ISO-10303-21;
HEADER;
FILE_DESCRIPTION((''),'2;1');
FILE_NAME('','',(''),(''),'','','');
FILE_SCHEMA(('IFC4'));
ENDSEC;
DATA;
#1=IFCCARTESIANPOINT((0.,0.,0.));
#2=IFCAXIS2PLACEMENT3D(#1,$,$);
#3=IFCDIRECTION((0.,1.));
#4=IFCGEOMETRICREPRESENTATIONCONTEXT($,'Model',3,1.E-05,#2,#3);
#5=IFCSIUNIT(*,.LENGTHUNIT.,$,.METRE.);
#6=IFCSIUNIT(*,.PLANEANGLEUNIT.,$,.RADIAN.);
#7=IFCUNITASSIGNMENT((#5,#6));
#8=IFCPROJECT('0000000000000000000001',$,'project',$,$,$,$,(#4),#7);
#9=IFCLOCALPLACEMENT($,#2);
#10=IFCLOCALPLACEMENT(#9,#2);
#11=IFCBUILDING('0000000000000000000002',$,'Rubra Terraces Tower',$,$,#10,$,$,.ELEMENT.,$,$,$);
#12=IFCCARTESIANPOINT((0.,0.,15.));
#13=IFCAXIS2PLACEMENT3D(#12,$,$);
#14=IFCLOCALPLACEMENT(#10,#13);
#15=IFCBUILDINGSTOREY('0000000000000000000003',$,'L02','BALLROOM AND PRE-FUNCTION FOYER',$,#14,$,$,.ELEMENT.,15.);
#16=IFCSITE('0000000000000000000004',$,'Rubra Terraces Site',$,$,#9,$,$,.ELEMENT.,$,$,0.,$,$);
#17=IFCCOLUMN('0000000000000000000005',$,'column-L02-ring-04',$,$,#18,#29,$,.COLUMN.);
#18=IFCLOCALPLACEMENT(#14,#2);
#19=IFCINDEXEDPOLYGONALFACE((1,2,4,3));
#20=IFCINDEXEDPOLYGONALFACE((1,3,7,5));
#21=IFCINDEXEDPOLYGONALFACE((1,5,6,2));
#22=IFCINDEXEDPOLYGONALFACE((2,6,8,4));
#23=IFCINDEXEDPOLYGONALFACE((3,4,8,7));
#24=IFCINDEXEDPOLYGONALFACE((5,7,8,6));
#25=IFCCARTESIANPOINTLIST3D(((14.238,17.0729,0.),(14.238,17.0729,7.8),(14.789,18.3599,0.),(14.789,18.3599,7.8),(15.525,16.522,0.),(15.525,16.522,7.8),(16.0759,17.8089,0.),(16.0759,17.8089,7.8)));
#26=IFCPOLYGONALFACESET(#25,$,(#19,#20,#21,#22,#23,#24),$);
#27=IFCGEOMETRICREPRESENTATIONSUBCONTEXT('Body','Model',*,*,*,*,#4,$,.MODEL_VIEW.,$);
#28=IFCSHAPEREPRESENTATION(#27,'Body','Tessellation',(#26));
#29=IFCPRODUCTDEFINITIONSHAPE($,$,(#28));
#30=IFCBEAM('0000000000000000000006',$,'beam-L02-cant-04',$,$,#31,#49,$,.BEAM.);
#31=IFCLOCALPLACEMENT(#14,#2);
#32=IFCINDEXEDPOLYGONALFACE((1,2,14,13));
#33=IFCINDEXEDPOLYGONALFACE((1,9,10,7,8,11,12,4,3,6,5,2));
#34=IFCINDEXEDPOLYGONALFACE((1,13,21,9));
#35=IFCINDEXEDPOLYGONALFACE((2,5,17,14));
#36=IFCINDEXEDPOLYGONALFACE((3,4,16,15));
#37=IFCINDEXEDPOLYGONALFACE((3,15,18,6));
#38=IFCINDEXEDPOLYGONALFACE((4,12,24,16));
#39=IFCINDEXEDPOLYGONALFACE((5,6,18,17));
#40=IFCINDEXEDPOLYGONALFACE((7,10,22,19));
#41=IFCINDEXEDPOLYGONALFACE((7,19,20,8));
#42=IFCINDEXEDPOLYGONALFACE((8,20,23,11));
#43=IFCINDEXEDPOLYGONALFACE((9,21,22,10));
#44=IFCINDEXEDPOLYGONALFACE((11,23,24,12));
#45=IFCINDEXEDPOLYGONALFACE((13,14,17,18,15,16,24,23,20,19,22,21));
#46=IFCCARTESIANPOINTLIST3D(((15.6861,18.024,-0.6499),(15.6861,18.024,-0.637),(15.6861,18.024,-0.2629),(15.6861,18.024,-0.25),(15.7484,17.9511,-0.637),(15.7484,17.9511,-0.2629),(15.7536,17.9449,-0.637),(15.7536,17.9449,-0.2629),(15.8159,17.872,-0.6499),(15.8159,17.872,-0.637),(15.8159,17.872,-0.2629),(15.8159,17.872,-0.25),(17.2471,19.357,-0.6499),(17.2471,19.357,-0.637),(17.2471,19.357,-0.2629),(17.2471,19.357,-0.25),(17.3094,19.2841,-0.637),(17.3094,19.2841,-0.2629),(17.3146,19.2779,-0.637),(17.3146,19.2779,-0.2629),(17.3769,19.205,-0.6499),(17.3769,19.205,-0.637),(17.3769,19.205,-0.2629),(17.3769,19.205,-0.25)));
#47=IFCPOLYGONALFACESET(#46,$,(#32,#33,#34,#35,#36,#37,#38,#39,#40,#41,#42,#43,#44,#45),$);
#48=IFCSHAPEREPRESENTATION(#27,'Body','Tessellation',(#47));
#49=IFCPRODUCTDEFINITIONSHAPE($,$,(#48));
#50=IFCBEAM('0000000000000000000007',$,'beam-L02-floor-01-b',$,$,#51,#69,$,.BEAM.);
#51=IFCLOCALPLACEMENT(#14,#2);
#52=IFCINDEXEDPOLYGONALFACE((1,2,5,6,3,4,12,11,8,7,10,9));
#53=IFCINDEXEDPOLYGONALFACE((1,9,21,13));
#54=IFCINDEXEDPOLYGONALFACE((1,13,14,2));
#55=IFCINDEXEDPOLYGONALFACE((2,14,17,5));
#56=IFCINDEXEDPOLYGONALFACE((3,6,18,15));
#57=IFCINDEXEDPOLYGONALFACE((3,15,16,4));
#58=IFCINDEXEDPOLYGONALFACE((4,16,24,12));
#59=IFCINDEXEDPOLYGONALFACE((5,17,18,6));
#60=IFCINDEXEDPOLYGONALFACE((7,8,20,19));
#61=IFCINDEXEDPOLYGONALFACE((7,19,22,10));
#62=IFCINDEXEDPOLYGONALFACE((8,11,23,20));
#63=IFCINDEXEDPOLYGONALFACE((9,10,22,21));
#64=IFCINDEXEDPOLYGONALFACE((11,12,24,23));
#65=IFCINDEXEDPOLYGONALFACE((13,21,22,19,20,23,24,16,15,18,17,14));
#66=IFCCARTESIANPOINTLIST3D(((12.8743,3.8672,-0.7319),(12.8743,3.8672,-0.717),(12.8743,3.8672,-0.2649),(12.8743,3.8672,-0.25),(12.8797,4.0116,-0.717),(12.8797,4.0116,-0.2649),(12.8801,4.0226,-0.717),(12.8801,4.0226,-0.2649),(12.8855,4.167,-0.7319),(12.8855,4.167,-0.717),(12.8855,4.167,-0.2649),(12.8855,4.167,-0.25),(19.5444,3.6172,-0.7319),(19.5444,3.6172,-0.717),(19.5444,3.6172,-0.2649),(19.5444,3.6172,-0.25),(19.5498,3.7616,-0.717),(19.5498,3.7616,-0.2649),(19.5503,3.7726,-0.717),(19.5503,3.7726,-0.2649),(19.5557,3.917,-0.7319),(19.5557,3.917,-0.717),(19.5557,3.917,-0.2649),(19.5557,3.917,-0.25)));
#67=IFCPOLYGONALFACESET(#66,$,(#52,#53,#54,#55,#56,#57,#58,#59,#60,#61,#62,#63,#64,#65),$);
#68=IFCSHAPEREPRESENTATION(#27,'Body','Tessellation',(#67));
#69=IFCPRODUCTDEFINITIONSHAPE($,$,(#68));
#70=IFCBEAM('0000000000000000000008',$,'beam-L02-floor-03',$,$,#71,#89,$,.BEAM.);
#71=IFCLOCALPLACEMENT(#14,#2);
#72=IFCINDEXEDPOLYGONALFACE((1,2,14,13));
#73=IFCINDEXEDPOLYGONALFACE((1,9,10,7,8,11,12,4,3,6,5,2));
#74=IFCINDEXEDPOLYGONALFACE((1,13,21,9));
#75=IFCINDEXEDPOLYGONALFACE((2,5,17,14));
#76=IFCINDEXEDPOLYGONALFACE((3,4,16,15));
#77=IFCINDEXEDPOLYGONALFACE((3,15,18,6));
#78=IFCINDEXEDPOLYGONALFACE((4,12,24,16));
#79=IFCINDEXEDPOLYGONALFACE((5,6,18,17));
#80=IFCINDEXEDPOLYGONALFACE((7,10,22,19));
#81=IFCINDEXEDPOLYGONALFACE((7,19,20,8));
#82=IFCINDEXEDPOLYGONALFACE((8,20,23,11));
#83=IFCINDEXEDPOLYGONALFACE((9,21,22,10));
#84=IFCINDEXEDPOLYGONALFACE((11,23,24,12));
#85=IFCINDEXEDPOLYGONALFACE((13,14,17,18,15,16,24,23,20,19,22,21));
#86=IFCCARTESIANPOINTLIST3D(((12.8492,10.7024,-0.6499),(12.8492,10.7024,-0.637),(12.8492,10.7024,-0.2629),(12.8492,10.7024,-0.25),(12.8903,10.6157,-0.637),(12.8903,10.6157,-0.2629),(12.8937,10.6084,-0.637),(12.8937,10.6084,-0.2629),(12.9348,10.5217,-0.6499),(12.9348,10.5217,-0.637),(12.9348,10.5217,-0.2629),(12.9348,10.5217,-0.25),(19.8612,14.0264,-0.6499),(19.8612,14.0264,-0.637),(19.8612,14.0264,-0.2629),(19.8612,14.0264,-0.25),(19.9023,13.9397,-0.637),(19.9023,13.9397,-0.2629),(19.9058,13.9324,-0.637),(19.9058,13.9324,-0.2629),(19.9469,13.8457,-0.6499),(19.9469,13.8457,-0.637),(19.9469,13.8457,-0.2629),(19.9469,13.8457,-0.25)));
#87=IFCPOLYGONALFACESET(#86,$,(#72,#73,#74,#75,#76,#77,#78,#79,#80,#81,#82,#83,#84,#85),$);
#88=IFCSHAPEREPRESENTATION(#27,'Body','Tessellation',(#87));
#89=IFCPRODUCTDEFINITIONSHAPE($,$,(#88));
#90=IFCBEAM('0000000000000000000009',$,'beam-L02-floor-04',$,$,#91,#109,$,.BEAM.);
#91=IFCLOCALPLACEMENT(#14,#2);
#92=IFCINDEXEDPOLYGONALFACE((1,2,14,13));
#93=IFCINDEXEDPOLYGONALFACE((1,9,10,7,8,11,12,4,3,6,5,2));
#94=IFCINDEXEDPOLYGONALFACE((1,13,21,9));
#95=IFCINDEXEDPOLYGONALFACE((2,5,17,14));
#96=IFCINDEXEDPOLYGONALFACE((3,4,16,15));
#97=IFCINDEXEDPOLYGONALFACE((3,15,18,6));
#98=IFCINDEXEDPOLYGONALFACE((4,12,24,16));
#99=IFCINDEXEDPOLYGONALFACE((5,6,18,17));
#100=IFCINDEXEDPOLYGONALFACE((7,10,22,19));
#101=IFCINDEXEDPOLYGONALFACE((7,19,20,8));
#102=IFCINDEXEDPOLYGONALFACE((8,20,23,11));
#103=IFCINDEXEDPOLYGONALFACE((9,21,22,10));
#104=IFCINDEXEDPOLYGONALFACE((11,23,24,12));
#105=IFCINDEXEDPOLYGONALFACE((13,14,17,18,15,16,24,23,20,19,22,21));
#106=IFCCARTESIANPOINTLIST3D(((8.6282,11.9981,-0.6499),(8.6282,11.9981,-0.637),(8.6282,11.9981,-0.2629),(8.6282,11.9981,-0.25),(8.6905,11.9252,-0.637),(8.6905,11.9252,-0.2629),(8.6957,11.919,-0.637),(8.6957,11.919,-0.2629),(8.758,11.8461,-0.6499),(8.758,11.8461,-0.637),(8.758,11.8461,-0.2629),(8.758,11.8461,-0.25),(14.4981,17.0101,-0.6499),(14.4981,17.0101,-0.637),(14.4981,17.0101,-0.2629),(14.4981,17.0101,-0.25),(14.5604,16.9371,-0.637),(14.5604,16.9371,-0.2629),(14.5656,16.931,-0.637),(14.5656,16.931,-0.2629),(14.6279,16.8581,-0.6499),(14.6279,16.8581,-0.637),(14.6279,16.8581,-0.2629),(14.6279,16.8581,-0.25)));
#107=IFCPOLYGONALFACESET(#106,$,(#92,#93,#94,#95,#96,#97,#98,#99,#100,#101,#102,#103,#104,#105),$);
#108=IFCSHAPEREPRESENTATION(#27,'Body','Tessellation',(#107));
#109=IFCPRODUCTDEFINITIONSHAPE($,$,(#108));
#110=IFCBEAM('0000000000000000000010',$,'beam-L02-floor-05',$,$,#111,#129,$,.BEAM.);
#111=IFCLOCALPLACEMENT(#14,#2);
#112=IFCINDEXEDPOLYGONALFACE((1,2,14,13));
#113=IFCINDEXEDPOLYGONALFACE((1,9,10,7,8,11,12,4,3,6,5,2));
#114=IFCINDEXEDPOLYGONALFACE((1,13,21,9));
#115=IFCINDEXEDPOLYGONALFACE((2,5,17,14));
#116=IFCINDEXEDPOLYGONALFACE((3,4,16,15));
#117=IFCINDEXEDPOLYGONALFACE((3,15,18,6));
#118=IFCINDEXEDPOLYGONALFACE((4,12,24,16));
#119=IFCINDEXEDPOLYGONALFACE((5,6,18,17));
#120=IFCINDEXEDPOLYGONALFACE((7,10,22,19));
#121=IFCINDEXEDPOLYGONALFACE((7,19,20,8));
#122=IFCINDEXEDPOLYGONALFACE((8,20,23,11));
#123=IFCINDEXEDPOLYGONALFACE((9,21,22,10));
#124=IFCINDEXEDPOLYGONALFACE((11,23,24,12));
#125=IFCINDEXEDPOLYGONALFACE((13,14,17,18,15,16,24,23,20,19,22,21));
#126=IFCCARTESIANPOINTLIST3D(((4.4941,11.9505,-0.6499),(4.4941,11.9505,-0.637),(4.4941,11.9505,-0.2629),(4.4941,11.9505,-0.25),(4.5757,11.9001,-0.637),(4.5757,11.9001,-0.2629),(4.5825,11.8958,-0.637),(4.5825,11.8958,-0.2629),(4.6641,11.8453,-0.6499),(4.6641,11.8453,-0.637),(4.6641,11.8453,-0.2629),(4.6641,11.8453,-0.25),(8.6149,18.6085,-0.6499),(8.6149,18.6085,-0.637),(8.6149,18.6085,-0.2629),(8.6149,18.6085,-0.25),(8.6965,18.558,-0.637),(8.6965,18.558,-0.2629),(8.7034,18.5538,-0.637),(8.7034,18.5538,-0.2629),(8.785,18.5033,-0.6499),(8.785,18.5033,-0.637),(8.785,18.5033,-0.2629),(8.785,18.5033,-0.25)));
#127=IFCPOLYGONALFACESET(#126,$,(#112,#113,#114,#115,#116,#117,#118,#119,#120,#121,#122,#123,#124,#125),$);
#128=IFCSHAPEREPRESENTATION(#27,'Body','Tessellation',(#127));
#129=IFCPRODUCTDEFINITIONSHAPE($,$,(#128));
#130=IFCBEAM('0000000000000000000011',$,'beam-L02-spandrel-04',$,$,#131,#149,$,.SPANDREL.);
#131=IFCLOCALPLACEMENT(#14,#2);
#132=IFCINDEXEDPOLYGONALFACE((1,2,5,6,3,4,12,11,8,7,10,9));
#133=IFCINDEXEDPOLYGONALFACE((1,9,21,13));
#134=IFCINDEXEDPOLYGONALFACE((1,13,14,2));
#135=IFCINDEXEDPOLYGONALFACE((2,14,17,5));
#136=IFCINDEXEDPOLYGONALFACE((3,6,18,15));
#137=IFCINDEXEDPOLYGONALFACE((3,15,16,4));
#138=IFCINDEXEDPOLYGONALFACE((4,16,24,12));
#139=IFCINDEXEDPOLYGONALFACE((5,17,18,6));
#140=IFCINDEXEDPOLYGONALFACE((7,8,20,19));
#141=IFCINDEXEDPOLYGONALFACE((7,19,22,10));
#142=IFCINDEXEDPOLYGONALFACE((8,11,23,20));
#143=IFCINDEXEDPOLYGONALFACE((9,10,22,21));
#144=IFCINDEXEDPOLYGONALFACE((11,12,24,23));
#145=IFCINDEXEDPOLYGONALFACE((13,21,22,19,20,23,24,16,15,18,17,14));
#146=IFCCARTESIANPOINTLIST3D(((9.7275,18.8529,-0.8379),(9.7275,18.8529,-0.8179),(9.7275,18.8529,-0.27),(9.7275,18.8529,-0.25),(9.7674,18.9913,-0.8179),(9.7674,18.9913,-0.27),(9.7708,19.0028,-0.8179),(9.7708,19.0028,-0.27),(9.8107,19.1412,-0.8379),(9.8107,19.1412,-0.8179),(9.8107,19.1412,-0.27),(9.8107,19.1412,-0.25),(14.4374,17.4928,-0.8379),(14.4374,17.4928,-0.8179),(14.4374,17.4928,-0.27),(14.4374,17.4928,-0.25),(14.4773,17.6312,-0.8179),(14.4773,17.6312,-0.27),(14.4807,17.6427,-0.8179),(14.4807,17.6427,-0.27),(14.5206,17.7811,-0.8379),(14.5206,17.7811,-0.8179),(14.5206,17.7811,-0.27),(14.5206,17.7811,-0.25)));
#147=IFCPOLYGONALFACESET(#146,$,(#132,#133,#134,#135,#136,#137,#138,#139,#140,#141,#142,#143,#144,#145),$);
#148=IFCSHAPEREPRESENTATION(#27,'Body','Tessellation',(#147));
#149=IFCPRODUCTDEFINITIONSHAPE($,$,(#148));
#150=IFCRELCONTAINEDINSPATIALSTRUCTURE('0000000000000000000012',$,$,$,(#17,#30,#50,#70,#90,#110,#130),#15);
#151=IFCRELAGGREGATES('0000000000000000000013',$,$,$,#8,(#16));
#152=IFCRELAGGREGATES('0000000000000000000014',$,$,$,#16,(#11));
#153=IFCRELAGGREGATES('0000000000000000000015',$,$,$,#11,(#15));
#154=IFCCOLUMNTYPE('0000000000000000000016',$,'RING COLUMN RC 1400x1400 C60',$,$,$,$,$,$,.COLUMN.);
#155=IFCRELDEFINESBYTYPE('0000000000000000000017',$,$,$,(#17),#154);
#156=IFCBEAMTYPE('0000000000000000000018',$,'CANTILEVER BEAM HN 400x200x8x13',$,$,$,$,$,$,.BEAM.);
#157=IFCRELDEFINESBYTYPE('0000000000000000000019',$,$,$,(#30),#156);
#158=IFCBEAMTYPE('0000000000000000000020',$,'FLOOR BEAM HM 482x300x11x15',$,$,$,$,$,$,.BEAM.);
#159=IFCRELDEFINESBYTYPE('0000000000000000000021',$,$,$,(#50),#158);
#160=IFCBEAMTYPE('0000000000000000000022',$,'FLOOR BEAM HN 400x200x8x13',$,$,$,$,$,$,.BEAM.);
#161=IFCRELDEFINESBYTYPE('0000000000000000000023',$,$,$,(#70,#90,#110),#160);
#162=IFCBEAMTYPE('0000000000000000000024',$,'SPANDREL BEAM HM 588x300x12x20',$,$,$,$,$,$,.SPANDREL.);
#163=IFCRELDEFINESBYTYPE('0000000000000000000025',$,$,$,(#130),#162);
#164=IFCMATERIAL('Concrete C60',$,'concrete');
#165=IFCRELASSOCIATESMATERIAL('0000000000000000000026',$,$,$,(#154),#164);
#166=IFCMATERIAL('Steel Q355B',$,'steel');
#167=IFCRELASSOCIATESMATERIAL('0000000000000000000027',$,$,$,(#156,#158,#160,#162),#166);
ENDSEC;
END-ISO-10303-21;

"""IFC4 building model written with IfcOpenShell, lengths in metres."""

from ifc_helpers import new_model, si_unit, direction, frame, origin, origin_2d, place, context, subcontext, project, spatial, rectangle, i_section, extrude, material, material_profile, profile_set, type_object, element, save


model = new_model("IFC4")

# Units and contexts
model_context = context("Model", 3, precision=1e-05, world=origin(), true_north=direction((0.0, 1.0)))
body_context = subcontext(model_context, "Body", "Model", "MODEL_VIEW")
ifc_project = project(units=[si_unit("LENGTHUNIT", "METRE"), si_unit("PLANEANGLEUNIT", "RADIAN")], contexts=[model_context])

# Site, building, storey
site_placement = place(None, origin())
site = spatial("IfcSite", under=ifc_project, at=site_placement, Name="Rubra Terraces Site", CompositionType="ELEMENT", RefElevation=0.0)
building_placement = place(site_placement, origin())
building = spatial("IfcBuilding", under=site, at=building_placement, Name="Rubra Terraces Tower", CompositionType="ELEMENT")
storey_placement = place(building_placement, frame((0.0, 0.0, 15.0)))
storey = spatial("IfcBuildingStorey", under=building, at=storey_placement, Name="L02", Description="BALLROOM AND PRE-FUNCTION FOYER", CompositionType="ELEMENT", Elevation=15.0)

# Column
ifc_material_1 = material(Name="Concrete C60", Category="concrete")
ifc_material_profile_1 = material_profile(ifc_material_1, rectangle(XDim=1.3999, YDim=1.3999, at=origin_2d()), Name="RC 1400x1400")
ifc_profile_set_1 = profile_set([ifc_material_profile_1], Name="Concrete C60")
column_type = type_object("IfcColumnType", Name="RING COLUMN RC 1400x1400 C60", PredefinedType="COLUMN", material=ifc_profile_set_1)
column_placement = place(storey_placement, frame((15.157, 17.4409, 0.0), z_axis=(0.0, 0.0, 1.0), x_axis=(-0.919294, 0.393572, 0.0)))
element("IfcColumn", 1, at=column_placement, inside=storey, type_object=column_type, Name="column-L02-ring-04", PredefinedType="COLUMN", context=body_context, shape_type="SweptSolid", body=[
    extrude(rectangle(XDim=1.3999, YDim=1.3999, at=origin_2d()), origin(), (0.0, 0.0, 1.0), 7.8),
])

# Beams
ifc_material_2 = material(Name="Steel Q355B", Category="steel")
ifc_material_profile_2 = material_profile(ifc_material_2, i_section(OverallWidth=0.2, OverallDepth=0.3999, WebThickness=0.0081, FlangeThickness=0.0129, at=origin_2d()), Name="HN 400x200x8x13")
ifc_profile_set_2 = profile_set([ifc_material_profile_2], Name="Steel Q355B")
beam_type_1 = type_object("IfcBeamType", Name="CANTILEVER BEAM HN 400x200x8x13", PredefinedType="BEAM", material=ifc_profile_set_2)
beam_1_placement = place(storey_placement, frame((15.751, 17.948, -0.45), z_axis=(0.760464, 0.64938, 0.0), x_axis=(-0.64938, 0.760464, 0.0)))
element("IfcBeam", 2, at=beam_1_placement, inside=storey, type_object=beam_type_1, Name="beam-L02-cant-04", PredefinedType="BEAM", context=body_context, shape_type="SweptSolid", body=[
    extrude(i_section(OverallWidth=0.2, OverallDepth=0.3999, WebThickness=0.0081, FlangeThickness=0.0129, at=origin_2d()), origin(), (0.0, 0.0, 1.0), 2.0527),
])
ifc_material_profile_3 = material_profile(ifc_material_2, i_section(OverallWidth=0.3, OverallDepth=0.4819, WebThickness=0.011, FlangeThickness=0.0149, at=origin_2d()), Name="HM 482x300x11x15")
ifc_profile_set_3 = profile_set([ifc_material_profile_3], Name="Steel Q355B")
beam_type_2 = type_object("IfcBeamType", Name="FLOOR BEAM HM 482x300x11x15", PredefinedType="BEAM", material=ifc_profile_set_3)
beam_2_placement = place(storey_placement, frame((19.55, 3.7671, -0.491), z_axis=(-0.999298, 0.037454, 0.0), x_axis=(-0.037454, -0.999298, 0.0)))
element("IfcBeam", 3, at=beam_2_placement, inside=storey, type_object=beam_type_2, Name="beam-L02-floor-01-b", PredefinedType="BEAM", context=body_context, shape_type="SweptSolid", body=[
    extrude(i_section(OverallWidth=0.3, OverallDepth=0.4819, WebThickness=0.011, FlangeThickness=0.0149, at=origin_2d()), origin(), (0.0, 0.0, 1.0), 6.6748),
])
ifc_material_profile_4 = material_profile(ifc_material_2, i_section(OverallWidth=0.2, OverallDepth=0.3999, WebThickness=0.0081, FlangeThickness=0.0129, at=origin_2d()), Name="HN 400x200x8x13")
ifc_profile_set_4 = profile_set([ifc_material_profile_4], Name="Steel Q355B")
beam_type_3 = type_object("IfcBeamType", Name="FLOOR BEAM HN 400x200x8x13", PredefinedType="BEAM", material=ifc_profile_set_4)
beam_3_placement = place(storey_placement, frame((19.9041, 13.936, -0.45), z_axis=(-0.903612, -0.428351, 0.0), x_axis=(0.428351, -0.903612, 0.0)))
element("IfcBeam", 4, at=beam_3_placement, inside=storey, type_object=beam_type_3, Name="beam-L02-floor-03", PredefinedType="BEAM", context=body_context, shape_type="SweptSolid", body=[
    extrude(i_section(OverallWidth=0.2, OverallDepth=0.3999, WebThickness=0.0081, FlangeThickness=0.0129, at=origin_2d()), origin(), (0.0, 0.0, 1.0), 7.76),
])
beam_4_placement = place(storey_placement, frame((14.563, 16.9341, -0.45), z_axis=(-0.760494, -0.649344, 0.0), x_axis=(0.649344, -0.760494, 0.0)))
element("IfcBeam", 5, at=beam_4_placement, inside=storey, type_object=beam_type_3, Name="beam-L02-floor-04", PredefinedType="BEAM", context=body_context, shape_type="SweptSolid", body=[
    extrude(i_section(OverallWidth=0.2, OverallDepth=0.3999, WebThickness=0.0081, FlangeThickness=0.0129, at=origin_2d()), origin(), (0.0, 0.0, 1.0), 7.7185),
])
beam_5_placement = place(storey_placement, frame((8.7, 18.5559, -0.45), z_axis=(-0.526286, -0.850308, 0.0), x_axis=(0.850308, -0.526286, 0.0)))
element("IfcBeam", 6, at=beam_5_placement, inside=storey, type_object=beam_type_3, Name="beam-L02-floor-05", PredefinedType="BEAM", context=body_context, shape_type="SweptSolid", body=[
    extrude(i_section(OverallWidth=0.2, OverallDepth=0.3999, WebThickness=0.0081, FlangeThickness=0.0129, at=origin_2d()), origin(), (0.0, 0.0, 1.0), 7.8301),
])
ifc_material_profile_5 = material_profile(ifc_material_2, i_section(OverallWidth=0.3, OverallDepth=0.5879, WebThickness=0.012, FlangeThickness=0.02, at=origin_2d()), Name="HM 588x300x12x20")
ifc_profile_set_5 = profile_set([ifc_material_profile_5], Name="Steel Q355B")
beam_type_4 = type_object("IfcBeamType", Name="SPANDREL BEAM HM 588x300x12x20", PredefinedType="SPANDREL", material=ifc_profile_set_5)
beam_6_placement = place(storey_placement, frame((14.479, 17.637, -0.5439), z_axis=(-0.960744, 0.277436, 0.0), x_axis=(-0.277436, -0.960744, 0.0)))
element("IfcBeam", 7, at=beam_6_placement, inside=storey, type_object=beam_type_4, Name="beam-L02-spandrel-04", PredefinedType="SPANDREL", context=body_context, shape_type="SweptSolid", body=[
    extrude(i_section(OverallWidth=0.3, OverallDepth=0.5879, WebThickness=0.012, FlangeThickness=0.02, at=origin_2d()), origin(), (0.0, 0.0, 1.0), 4.9023),
])

save(model, "model.ifc")
